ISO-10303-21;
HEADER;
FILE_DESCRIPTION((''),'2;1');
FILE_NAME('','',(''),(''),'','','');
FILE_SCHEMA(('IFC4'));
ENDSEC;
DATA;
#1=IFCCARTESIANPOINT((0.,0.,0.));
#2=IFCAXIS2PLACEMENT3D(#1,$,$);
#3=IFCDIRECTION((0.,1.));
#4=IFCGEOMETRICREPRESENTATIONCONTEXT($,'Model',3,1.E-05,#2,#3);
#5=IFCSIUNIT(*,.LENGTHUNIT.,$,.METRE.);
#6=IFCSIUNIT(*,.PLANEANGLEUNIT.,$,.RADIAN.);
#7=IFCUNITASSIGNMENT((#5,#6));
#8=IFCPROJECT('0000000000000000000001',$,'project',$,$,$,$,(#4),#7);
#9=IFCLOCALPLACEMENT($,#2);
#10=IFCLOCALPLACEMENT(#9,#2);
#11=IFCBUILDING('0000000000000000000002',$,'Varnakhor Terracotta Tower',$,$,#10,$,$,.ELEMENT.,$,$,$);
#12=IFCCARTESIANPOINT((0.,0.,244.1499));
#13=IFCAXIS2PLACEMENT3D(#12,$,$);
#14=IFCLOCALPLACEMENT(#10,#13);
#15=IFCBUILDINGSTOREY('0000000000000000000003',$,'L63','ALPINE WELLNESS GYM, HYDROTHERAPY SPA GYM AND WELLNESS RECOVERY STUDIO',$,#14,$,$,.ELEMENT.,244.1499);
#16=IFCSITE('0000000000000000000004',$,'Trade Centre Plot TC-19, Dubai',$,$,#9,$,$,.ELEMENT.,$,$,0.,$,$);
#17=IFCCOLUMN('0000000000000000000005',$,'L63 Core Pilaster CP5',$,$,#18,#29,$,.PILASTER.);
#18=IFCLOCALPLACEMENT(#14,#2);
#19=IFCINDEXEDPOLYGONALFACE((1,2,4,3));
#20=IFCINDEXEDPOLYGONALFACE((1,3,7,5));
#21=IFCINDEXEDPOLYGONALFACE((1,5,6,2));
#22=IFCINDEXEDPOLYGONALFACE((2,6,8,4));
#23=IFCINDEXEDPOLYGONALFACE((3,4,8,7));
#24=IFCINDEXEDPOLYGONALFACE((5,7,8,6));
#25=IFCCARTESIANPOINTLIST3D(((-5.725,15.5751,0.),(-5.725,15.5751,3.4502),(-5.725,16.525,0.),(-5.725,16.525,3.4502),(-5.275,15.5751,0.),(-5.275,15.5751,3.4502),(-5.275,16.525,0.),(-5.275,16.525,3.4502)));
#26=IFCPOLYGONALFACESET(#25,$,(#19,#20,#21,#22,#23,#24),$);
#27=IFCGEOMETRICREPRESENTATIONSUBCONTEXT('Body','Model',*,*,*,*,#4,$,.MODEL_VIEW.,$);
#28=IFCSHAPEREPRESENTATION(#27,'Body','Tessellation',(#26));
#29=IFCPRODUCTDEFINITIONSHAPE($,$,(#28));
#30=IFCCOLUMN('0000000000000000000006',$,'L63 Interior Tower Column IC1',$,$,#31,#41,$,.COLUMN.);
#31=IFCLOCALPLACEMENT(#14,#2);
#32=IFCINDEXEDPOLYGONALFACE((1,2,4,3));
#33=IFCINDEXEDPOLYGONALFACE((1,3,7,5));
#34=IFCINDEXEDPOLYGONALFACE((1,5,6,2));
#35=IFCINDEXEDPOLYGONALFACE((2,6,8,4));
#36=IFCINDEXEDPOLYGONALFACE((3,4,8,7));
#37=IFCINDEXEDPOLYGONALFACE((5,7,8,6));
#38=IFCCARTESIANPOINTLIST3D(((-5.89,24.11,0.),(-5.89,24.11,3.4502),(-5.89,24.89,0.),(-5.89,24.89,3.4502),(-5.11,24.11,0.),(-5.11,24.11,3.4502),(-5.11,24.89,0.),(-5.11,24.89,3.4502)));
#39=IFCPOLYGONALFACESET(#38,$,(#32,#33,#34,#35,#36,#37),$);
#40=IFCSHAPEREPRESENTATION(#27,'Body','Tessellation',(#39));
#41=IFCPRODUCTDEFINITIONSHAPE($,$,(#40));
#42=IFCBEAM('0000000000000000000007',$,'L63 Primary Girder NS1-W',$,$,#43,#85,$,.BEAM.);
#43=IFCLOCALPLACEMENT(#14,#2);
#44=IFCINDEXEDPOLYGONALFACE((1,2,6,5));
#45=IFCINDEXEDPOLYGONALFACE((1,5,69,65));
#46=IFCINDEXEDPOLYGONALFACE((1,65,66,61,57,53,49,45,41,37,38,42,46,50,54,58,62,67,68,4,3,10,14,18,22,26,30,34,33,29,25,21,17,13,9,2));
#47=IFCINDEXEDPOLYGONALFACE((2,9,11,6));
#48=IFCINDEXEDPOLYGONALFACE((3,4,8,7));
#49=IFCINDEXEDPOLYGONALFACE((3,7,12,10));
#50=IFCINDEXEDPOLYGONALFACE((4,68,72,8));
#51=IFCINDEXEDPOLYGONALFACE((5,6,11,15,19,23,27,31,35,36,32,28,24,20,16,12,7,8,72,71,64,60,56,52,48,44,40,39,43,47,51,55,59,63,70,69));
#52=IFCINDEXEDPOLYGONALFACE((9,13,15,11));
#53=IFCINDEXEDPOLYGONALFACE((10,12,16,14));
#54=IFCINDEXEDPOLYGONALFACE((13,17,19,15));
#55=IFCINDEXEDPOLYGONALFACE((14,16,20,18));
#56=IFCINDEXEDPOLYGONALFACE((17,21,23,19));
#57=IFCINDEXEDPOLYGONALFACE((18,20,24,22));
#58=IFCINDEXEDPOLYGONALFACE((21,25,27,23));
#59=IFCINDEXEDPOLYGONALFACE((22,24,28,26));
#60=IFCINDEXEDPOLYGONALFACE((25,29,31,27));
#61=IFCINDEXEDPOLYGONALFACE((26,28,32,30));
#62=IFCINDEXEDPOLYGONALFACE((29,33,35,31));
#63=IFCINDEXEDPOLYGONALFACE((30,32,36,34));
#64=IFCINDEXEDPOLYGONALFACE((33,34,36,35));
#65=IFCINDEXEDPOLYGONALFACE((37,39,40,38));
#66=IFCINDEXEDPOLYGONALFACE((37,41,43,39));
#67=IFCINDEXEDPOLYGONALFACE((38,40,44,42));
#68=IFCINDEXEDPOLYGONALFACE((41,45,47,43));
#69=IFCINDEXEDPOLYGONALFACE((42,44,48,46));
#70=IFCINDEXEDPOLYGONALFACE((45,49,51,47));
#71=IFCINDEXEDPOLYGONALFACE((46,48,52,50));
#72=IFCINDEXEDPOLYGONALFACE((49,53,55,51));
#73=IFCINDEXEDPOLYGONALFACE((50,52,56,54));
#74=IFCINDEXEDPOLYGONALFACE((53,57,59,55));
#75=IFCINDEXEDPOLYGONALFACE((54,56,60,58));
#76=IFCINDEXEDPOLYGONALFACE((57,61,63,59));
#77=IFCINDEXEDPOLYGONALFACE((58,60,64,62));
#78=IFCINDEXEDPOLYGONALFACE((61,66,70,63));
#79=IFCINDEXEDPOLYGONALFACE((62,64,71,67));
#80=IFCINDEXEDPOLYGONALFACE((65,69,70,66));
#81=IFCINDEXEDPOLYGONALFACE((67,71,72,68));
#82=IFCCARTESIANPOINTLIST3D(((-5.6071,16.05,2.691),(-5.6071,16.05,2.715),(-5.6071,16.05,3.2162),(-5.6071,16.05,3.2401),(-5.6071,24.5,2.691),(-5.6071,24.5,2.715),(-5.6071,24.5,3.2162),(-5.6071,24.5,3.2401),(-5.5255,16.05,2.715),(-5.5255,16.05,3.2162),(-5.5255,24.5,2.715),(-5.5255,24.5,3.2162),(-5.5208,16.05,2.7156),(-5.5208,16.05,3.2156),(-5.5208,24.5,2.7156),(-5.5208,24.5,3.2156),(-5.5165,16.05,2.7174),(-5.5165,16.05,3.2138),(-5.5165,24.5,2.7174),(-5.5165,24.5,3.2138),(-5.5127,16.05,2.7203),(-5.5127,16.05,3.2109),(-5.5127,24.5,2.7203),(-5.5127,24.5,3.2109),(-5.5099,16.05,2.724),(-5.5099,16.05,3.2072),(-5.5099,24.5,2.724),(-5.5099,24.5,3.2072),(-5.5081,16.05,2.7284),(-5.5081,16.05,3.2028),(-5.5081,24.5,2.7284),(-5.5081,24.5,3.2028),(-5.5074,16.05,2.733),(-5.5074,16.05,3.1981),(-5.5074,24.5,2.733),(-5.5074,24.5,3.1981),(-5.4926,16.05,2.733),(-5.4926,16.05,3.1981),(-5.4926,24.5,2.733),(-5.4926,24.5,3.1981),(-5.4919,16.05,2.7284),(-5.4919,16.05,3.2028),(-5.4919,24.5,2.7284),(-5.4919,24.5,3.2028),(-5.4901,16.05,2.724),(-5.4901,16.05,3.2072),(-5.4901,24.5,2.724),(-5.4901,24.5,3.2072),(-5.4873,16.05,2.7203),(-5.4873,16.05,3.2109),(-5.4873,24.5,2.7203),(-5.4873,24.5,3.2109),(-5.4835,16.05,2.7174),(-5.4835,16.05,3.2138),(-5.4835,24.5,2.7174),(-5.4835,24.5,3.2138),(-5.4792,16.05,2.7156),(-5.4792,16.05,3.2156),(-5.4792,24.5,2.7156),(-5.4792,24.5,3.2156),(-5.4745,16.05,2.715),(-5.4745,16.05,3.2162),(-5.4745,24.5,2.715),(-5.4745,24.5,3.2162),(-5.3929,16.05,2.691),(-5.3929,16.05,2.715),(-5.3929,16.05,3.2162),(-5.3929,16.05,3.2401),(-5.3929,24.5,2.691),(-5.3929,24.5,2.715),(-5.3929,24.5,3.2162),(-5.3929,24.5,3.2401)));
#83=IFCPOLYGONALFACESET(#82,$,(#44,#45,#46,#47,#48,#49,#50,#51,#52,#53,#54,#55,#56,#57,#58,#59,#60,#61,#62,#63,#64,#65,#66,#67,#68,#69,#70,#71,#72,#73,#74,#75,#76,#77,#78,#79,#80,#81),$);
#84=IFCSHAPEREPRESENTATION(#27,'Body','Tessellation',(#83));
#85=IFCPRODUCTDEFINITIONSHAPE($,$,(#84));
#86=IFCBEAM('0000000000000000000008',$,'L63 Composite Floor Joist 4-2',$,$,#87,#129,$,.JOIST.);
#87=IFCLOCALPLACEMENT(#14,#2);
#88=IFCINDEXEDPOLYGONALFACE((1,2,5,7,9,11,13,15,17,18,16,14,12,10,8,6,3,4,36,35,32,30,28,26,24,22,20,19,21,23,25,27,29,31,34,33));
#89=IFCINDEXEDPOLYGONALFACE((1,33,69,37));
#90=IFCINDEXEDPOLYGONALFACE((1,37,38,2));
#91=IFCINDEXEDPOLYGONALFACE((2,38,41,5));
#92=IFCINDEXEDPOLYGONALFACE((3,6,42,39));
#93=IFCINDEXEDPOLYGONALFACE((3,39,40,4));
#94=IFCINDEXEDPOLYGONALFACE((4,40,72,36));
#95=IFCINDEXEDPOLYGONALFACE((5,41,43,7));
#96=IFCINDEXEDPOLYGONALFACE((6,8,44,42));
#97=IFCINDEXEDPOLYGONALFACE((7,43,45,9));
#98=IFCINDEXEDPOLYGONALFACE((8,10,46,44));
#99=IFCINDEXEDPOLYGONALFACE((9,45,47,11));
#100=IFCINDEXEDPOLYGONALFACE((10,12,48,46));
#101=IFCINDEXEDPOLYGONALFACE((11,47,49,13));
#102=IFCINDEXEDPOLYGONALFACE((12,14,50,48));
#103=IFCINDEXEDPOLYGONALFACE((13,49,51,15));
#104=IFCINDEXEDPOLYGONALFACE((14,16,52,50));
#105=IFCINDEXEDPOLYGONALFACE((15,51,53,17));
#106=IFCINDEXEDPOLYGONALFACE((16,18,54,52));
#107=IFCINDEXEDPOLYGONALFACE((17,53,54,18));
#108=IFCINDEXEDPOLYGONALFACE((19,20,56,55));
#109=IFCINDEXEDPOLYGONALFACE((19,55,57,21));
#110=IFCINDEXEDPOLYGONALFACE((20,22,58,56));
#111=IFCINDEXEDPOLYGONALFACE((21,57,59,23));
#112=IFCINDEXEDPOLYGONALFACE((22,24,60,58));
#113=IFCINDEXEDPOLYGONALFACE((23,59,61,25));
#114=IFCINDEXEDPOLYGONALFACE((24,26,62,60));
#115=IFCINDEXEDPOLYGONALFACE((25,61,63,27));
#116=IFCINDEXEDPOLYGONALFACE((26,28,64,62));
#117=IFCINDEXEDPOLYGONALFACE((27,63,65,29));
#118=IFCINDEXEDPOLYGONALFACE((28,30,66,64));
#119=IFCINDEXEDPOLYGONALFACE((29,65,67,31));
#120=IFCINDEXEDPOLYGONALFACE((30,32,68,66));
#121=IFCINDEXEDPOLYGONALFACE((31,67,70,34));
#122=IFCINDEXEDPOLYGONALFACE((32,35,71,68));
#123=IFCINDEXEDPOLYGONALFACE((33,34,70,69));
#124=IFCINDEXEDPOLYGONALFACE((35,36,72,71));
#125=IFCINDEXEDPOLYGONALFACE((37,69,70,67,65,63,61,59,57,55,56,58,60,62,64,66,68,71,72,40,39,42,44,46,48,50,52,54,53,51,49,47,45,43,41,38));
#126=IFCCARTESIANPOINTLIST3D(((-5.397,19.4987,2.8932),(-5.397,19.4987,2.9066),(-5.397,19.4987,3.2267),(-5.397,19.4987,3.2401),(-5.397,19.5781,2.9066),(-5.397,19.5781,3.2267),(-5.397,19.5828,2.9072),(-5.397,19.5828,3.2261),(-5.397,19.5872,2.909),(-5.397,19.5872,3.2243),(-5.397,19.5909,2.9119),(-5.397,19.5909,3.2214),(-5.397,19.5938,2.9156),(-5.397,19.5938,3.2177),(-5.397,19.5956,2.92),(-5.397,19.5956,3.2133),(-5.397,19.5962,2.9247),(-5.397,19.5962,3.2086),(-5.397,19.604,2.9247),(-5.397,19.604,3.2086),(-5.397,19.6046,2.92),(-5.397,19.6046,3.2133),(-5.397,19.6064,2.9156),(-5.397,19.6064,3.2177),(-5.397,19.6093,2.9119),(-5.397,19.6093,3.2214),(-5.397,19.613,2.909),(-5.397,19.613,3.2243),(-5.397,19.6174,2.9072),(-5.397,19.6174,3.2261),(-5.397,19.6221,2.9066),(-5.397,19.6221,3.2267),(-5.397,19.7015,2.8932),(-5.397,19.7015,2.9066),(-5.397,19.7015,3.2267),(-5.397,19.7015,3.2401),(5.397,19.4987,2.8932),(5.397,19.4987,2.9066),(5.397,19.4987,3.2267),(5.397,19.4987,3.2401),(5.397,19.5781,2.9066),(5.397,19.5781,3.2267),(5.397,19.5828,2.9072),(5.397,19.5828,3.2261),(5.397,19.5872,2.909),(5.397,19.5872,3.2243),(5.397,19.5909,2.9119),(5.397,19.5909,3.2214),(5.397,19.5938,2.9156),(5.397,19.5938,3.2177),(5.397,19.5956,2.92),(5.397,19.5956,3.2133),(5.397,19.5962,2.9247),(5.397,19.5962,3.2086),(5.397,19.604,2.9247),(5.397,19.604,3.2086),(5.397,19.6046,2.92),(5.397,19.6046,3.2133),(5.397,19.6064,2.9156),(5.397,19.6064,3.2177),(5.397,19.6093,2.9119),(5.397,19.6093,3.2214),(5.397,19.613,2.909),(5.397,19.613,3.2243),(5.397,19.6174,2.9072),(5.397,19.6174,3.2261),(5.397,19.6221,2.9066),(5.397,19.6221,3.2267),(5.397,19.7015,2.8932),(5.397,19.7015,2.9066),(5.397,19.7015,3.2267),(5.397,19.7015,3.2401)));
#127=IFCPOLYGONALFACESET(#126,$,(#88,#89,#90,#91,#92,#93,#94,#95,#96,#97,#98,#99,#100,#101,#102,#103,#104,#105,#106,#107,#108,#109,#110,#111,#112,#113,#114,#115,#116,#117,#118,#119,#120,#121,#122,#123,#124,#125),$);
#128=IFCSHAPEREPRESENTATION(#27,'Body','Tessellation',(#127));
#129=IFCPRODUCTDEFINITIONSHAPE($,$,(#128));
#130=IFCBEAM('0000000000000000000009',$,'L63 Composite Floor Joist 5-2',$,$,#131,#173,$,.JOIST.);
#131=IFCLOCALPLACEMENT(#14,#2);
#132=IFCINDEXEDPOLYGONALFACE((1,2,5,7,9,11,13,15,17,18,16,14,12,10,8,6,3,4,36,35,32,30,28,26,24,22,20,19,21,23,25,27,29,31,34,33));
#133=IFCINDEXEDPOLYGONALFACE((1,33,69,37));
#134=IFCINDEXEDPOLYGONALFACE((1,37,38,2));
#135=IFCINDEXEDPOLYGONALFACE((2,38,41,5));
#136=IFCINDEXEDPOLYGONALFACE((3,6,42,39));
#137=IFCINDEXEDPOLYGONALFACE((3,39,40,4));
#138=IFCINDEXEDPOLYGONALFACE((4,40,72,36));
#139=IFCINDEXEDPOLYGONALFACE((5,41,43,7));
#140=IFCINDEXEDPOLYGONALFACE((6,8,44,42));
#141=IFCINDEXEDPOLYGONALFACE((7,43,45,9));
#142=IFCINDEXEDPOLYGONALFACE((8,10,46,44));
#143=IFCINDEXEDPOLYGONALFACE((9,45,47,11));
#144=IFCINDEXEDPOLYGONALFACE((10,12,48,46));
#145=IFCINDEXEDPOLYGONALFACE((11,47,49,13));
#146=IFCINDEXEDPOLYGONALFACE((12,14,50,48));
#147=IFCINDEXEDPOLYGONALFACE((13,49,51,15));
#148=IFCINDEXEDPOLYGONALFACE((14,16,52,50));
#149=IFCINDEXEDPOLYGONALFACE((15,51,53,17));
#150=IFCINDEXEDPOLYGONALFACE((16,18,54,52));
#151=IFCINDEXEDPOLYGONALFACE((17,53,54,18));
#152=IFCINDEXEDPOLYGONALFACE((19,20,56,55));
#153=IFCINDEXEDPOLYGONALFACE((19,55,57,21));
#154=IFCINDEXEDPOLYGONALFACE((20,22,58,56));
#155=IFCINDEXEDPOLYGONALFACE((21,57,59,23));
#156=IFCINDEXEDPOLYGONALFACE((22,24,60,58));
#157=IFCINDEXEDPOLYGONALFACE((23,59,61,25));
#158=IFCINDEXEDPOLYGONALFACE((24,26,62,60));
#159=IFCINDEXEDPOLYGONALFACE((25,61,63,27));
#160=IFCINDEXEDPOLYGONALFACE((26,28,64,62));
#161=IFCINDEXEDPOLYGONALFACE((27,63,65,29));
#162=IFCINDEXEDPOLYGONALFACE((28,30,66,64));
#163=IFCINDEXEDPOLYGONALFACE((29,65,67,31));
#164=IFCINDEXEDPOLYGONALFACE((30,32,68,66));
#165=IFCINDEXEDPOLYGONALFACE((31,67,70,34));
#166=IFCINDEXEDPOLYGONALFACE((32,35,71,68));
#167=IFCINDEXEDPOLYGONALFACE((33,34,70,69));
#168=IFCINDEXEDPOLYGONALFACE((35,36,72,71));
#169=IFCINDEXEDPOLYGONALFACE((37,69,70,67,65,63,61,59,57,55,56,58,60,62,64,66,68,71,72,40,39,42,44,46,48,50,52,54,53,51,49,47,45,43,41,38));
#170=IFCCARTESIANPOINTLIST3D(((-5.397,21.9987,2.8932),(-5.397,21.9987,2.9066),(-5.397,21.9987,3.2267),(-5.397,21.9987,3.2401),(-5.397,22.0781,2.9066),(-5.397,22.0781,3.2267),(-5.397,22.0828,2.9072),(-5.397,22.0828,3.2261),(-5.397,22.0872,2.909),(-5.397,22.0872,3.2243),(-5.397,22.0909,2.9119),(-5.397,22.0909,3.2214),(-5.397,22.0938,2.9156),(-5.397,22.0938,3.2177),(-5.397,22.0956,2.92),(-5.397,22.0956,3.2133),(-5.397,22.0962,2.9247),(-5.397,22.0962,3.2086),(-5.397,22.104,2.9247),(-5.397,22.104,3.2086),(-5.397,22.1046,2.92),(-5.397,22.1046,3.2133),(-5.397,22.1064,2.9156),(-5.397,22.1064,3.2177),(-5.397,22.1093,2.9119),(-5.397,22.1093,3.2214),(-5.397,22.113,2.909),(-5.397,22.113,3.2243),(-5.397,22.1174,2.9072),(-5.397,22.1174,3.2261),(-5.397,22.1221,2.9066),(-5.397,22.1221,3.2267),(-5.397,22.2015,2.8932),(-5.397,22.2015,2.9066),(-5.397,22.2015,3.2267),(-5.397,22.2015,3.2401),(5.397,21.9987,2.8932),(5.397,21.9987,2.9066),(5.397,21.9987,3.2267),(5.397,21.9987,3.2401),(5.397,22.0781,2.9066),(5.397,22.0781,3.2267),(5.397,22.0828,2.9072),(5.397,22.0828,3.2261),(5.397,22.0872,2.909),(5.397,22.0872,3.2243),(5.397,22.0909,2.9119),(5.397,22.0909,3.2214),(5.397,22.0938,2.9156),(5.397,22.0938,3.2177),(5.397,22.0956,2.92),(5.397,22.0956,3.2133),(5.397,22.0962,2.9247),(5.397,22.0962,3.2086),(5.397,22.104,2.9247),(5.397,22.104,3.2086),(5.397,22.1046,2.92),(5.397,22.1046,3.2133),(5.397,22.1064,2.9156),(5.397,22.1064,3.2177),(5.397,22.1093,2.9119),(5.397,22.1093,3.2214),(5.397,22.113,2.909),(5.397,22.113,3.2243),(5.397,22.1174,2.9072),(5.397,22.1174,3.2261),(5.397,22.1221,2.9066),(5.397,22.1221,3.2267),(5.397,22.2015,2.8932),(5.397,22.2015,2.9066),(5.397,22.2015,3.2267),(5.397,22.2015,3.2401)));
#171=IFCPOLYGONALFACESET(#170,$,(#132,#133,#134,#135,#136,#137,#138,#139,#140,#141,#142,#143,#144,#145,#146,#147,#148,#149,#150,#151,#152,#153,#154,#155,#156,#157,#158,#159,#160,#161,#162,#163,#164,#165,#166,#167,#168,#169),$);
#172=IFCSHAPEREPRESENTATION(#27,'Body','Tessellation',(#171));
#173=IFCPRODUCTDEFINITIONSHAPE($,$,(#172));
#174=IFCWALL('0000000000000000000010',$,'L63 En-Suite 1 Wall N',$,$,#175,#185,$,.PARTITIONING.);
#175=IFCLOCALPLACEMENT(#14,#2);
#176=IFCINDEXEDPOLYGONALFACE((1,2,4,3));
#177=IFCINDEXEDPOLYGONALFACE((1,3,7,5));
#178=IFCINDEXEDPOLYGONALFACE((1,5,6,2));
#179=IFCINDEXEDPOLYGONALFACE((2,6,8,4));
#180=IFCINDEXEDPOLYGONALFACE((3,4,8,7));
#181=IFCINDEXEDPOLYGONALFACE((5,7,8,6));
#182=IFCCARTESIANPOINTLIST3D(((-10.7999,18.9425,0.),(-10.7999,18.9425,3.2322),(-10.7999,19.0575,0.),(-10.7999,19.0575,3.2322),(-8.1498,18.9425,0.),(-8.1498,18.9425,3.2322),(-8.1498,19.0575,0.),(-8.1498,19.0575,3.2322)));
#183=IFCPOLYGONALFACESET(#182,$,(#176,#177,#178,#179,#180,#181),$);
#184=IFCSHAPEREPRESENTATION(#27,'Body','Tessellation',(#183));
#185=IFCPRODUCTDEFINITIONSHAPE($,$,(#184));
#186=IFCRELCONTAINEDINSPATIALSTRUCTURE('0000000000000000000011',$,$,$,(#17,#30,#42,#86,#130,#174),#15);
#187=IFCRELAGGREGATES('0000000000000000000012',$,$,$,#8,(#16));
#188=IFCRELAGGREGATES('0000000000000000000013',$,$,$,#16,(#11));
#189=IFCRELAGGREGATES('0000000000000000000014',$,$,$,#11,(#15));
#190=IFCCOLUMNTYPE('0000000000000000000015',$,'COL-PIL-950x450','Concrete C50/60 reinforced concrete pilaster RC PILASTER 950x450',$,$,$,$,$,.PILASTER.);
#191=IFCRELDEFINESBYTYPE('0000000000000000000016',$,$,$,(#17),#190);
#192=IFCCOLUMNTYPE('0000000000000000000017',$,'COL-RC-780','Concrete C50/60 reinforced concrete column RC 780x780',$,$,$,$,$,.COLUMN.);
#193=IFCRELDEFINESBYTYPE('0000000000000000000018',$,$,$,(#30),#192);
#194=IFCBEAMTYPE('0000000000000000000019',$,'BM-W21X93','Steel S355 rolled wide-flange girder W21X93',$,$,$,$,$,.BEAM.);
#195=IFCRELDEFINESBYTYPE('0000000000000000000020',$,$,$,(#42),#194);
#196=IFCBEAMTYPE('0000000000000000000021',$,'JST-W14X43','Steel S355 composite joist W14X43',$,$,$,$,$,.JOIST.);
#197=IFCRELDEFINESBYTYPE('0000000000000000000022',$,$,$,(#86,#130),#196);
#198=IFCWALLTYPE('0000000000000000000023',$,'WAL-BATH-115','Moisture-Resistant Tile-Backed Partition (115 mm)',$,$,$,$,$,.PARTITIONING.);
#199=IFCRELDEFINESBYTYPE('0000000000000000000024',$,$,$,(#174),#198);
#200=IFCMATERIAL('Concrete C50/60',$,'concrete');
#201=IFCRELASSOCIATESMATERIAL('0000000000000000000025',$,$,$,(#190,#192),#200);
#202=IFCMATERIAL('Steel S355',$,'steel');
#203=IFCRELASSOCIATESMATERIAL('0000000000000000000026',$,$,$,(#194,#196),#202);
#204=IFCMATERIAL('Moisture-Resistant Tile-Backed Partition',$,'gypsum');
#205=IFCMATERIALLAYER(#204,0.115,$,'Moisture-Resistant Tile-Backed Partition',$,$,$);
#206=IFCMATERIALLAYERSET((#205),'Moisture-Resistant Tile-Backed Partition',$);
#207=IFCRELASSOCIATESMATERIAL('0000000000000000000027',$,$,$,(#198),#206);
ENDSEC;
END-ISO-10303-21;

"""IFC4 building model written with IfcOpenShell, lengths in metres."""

from ifc_helpers import new_model, si_unit, direction, frame, frame_2d, origin, origin_2d, place, context, subcontext, project, spatial, rectangle, i_section, extrude, source, transform, mapped, material, layer, layer_set, material_profile, profile_set, type_object, type_shapes, element, save


model = new_model("IFC4")

# Units and contexts
model_context = context("Model", 3, precision=1e-05, world=origin(), true_north=direction((0.0, 1.0)))
body_context = subcontext(model_context, "Body", "Model", "MODEL_VIEW")
ifc_project = project(units=[si_unit("LENGTHUNIT", "METRE"), si_unit("PLANEANGLEUNIT", "RADIAN")], contexts=[model_context])

# Site, building, storey
site_placement = place(None, origin())
site = spatial("IfcSite", under=ifc_project, at=site_placement, Name="Trade Centre Plot TC-19, Dubai", CompositionType="ELEMENT", RefElevation=0.0)
building_placement = place(site_placement, origin())
building = spatial("IfcBuilding", under=site, at=building_placement, Name="Varnakhor Terracotta Tower", CompositionType="ELEMENT")
storey_placement = place(building_placement, frame((0.0, 0.0, 244.1499)))
storey = spatial("IfcBuildingStorey", under=building, at=storey_placement, Name="L63", Description="ALPINE WELLNESS GYM, HYDROTHERAPY SPA GYM AND WELLNESS RECOVERY STUDIO", CompositionType="ELEMENT", Elevation=244.1499)

# Columns
ifc_material_1 = material(Name="Concrete C50/60", Category="concrete")
ifc_material_profile_1 = material_profile(ifc_material_1, rectangle(XDim=0.45, YDim=0.95, at=origin_2d()), Name="RC PILASTER 950x450")
ifc_profile_set_1 = profile_set([ifc_material_profile_1], Name="Concrete C50/60")
column_type_1 = type_object("IfcColumnType", Name="COL-PIL-950x450", Description="Concrete C50/60 reinforced concrete pilaster RC PILASTER 950x450", PredefinedType="PILASTER", material=ifc_profile_set_1)
shared_shape_1 = source(origin(), body_context, "Body", "SweptSolid", [
    extrude(rectangle(XDim=0.45, YDim=0.95, at=origin_2d()), origin(), (0.0, 0.0, 1.0), 3.4502),
])
column_1_placement = place(storey_placement, frame((-5.5, 16.05, 0.0), z_axis=(0.0, 0.0, 1.0), x_axis=(1.0, 0.0, 0.0)))
element("IfcColumn", 1, at=column_1_placement, inside=storey, type_object=column_type_1, Name="L63 Core Pilaster CP5", PredefinedType="PILASTER", context=body_context, shape_type="MappedRepresentation", body=[
    mapped(shared_shape_1, transform((0.0, 0.0, 0.0), scale=1.0)),
])
ifc_material_profile_2 = material_profile(ifc_material_1, rectangle(XDim=0.78, YDim=0.78, at=origin_2d()), Name="RC 780x780")
ifc_profile_set_2 = profile_set([ifc_material_profile_2], Name="Concrete C50/60")
column_type_2 = type_object("IfcColumnType", Name="COL-RC-780", Description="Concrete C50/60 reinforced concrete column RC 780x780", PredefinedType="COLUMN", material=ifc_profile_set_2)
shared_shape_2 = source(origin(), body_context, "Body", "SweptSolid", [
    extrude(rectangle(XDim=0.78, YDim=0.78, at=origin_2d()), origin(), (0.0, 0.0, 1.0), 3.4502),
])
column_2_placement = place(storey_placement, frame((-5.5, 24.5, 0.0), z_axis=(0.0, 0.0, 1.0), x_axis=(1.0, 0.0, 0.0)))
element("IfcColumn", 2, at=column_2_placement, inside=storey, type_object=column_type_2, Name="L63 Interior Tower Column IC1", PredefinedType="COLUMN", context=body_context, shape_type="MappedRepresentation", body=[
    mapped(shared_shape_2, transform((0.0, 0.0, 0.0), scale=1.0)),
])

# Beams
ifc_material_2 = material(Name="Steel S355", Category="steel")
ifc_material_profile_3 = material_profile(ifc_material_2, i_section(OverallWidth=0.2141, OverallDepth=0.5491, WebThickness=0.0149, FlangeThickness=0.0239, FilletRadius=0.0181, at=origin_2d()), Name="W21X93")
ifc_profile_set_3 = profile_set([ifc_material_profile_3], Name="Steel S355")
beam_type_1 = type_object("IfcBeamType", Name="BM-W21X93", Description="Steel S355 rolled wide-flange girder W21X93", PredefinedType="BEAM", material=ifc_profile_set_3)
shared_shape_3 = source(origin(), body_context, "Body", "SweptSolid", [
    extrude(i_section(OverallWidth=0.2141, OverallDepth=0.5491, WebThickness=0.0149, FlangeThickness=0.0239, FilletRadius=0.0181, at=origin_2d()), origin(), (0.0, 0.0, 1.0), 8.45),
])
type_shapes(beam_type_1, [shared_shape_3])
beam_placement = place(storey_placement, frame((-5.5, 16.05, 2.9656), z_axis=(0.0, 1.0, 0.0), x_axis=(-1.0, 0.0, 0.0)))
element("IfcBeam", 3, at=beam_placement, inside=storey, type_object=beam_type_1, Name="L63 Primary Girder NS1-W", PredefinedType="BEAM", context=body_context, shape_type="MappedRepresentation", body=[
    mapped(shared_shape_3, transform((0.0, 0.0, 0.0), scale=1.0)),
])
ifc_material_profile_4 = material_profile(ifc_material_2, i_section(OverallWidth=0.2029, OverallDepth=0.3469, WebThickness=0.0078, FlangeThickness=0.0134, FilletRadius=0.0181, at=origin_2d()), Name="W14X43")
ifc_profile_set_4 = profile_set([ifc_material_profile_4], Name="Steel S355")
beam_type_2 = type_object("IfcBeamType", Name="JST-W14X43", Description="Steel S355 composite joist W14X43", PredefinedType="JOIST", material=ifc_profile_set_4)
shared_shape_4 = source(origin(), body_context, "Body", "SweptSolid", [
    extrude(i_section(OverallWidth=0.2029, OverallDepth=0.3469, WebThickness=0.0078, FlangeThickness=0.0134, FilletRadius=0.0181, at=origin_2d()), origin(), (0.0, 0.0, 1.0), 10.7939),
])
for number, where, z_axis, x_axis, name in (
    (4, (-5.397, 19.6001, 3.0667), (1.0, 0.0, 0.0), (0.0, 1.0, 0.0), "L63 Composite Floor Joist 4-2"),
    (5, (-5.397, 22.1001, 3.0667), (1.0, 0.0, 0.0), (0.0, 1.0, 0.0), "L63 Composite Floor Joist 5-2"),
):
    element("IfcBeam", number, at=place(storey_placement, frame(where, z_axis=z_axis, x_axis=x_axis)), inside=storey, type_object=beam_type_2, Name=name, PredefinedType="JOIST", context=body_context, shape_type="MappedRepresentation", body=[
        mapped(shared_shape_4, transform((0.0, 0.0, 0.0), scale=1.0)),
    ])

# Wall
ifc_material_3 = material(Name="Moisture-Resistant Tile-Backed Partition", Category="gypsum")
ifc_layer_1 = layer(ifc_material_3, 0.115, Name="Moisture-Resistant Tile-Backed Partition")
ifc_layer_set_1 = layer_set([ifc_layer_1], Name="Moisture-Resistant Tile-Backed Partition")
wall_type_1 = type_object("IfcWallType", Name="WAL-BATH-115", Description="Moisture-Resistant Tile-Backed Partition (115 mm)", PredefinedType="PARTITIONING", material=ifc_layer_set_1)
wall_1_placement = place(storey_placement, frame((-10.8, 19.0, 0.0), z_axis=(0.0, 0.0, 1.0), x_axis=(1.0, 0.0, 0.0)))
element("IfcWall", 6, at=wall_1_placement, inside=storey, type_object=wall_type_1, Name="L63 En-Suite 1 Wall N", PredefinedType="PARTITIONING", context=body_context, shape_type="SweptSolid", body=[
    extrude(rectangle(XDim=2.6501, YDim=0.115, at=frame_2d((1.3252, 0.0))), origin(), (0.0, 0.0, 1.0), 3.2322),
])

save(model, "model.ifc")
